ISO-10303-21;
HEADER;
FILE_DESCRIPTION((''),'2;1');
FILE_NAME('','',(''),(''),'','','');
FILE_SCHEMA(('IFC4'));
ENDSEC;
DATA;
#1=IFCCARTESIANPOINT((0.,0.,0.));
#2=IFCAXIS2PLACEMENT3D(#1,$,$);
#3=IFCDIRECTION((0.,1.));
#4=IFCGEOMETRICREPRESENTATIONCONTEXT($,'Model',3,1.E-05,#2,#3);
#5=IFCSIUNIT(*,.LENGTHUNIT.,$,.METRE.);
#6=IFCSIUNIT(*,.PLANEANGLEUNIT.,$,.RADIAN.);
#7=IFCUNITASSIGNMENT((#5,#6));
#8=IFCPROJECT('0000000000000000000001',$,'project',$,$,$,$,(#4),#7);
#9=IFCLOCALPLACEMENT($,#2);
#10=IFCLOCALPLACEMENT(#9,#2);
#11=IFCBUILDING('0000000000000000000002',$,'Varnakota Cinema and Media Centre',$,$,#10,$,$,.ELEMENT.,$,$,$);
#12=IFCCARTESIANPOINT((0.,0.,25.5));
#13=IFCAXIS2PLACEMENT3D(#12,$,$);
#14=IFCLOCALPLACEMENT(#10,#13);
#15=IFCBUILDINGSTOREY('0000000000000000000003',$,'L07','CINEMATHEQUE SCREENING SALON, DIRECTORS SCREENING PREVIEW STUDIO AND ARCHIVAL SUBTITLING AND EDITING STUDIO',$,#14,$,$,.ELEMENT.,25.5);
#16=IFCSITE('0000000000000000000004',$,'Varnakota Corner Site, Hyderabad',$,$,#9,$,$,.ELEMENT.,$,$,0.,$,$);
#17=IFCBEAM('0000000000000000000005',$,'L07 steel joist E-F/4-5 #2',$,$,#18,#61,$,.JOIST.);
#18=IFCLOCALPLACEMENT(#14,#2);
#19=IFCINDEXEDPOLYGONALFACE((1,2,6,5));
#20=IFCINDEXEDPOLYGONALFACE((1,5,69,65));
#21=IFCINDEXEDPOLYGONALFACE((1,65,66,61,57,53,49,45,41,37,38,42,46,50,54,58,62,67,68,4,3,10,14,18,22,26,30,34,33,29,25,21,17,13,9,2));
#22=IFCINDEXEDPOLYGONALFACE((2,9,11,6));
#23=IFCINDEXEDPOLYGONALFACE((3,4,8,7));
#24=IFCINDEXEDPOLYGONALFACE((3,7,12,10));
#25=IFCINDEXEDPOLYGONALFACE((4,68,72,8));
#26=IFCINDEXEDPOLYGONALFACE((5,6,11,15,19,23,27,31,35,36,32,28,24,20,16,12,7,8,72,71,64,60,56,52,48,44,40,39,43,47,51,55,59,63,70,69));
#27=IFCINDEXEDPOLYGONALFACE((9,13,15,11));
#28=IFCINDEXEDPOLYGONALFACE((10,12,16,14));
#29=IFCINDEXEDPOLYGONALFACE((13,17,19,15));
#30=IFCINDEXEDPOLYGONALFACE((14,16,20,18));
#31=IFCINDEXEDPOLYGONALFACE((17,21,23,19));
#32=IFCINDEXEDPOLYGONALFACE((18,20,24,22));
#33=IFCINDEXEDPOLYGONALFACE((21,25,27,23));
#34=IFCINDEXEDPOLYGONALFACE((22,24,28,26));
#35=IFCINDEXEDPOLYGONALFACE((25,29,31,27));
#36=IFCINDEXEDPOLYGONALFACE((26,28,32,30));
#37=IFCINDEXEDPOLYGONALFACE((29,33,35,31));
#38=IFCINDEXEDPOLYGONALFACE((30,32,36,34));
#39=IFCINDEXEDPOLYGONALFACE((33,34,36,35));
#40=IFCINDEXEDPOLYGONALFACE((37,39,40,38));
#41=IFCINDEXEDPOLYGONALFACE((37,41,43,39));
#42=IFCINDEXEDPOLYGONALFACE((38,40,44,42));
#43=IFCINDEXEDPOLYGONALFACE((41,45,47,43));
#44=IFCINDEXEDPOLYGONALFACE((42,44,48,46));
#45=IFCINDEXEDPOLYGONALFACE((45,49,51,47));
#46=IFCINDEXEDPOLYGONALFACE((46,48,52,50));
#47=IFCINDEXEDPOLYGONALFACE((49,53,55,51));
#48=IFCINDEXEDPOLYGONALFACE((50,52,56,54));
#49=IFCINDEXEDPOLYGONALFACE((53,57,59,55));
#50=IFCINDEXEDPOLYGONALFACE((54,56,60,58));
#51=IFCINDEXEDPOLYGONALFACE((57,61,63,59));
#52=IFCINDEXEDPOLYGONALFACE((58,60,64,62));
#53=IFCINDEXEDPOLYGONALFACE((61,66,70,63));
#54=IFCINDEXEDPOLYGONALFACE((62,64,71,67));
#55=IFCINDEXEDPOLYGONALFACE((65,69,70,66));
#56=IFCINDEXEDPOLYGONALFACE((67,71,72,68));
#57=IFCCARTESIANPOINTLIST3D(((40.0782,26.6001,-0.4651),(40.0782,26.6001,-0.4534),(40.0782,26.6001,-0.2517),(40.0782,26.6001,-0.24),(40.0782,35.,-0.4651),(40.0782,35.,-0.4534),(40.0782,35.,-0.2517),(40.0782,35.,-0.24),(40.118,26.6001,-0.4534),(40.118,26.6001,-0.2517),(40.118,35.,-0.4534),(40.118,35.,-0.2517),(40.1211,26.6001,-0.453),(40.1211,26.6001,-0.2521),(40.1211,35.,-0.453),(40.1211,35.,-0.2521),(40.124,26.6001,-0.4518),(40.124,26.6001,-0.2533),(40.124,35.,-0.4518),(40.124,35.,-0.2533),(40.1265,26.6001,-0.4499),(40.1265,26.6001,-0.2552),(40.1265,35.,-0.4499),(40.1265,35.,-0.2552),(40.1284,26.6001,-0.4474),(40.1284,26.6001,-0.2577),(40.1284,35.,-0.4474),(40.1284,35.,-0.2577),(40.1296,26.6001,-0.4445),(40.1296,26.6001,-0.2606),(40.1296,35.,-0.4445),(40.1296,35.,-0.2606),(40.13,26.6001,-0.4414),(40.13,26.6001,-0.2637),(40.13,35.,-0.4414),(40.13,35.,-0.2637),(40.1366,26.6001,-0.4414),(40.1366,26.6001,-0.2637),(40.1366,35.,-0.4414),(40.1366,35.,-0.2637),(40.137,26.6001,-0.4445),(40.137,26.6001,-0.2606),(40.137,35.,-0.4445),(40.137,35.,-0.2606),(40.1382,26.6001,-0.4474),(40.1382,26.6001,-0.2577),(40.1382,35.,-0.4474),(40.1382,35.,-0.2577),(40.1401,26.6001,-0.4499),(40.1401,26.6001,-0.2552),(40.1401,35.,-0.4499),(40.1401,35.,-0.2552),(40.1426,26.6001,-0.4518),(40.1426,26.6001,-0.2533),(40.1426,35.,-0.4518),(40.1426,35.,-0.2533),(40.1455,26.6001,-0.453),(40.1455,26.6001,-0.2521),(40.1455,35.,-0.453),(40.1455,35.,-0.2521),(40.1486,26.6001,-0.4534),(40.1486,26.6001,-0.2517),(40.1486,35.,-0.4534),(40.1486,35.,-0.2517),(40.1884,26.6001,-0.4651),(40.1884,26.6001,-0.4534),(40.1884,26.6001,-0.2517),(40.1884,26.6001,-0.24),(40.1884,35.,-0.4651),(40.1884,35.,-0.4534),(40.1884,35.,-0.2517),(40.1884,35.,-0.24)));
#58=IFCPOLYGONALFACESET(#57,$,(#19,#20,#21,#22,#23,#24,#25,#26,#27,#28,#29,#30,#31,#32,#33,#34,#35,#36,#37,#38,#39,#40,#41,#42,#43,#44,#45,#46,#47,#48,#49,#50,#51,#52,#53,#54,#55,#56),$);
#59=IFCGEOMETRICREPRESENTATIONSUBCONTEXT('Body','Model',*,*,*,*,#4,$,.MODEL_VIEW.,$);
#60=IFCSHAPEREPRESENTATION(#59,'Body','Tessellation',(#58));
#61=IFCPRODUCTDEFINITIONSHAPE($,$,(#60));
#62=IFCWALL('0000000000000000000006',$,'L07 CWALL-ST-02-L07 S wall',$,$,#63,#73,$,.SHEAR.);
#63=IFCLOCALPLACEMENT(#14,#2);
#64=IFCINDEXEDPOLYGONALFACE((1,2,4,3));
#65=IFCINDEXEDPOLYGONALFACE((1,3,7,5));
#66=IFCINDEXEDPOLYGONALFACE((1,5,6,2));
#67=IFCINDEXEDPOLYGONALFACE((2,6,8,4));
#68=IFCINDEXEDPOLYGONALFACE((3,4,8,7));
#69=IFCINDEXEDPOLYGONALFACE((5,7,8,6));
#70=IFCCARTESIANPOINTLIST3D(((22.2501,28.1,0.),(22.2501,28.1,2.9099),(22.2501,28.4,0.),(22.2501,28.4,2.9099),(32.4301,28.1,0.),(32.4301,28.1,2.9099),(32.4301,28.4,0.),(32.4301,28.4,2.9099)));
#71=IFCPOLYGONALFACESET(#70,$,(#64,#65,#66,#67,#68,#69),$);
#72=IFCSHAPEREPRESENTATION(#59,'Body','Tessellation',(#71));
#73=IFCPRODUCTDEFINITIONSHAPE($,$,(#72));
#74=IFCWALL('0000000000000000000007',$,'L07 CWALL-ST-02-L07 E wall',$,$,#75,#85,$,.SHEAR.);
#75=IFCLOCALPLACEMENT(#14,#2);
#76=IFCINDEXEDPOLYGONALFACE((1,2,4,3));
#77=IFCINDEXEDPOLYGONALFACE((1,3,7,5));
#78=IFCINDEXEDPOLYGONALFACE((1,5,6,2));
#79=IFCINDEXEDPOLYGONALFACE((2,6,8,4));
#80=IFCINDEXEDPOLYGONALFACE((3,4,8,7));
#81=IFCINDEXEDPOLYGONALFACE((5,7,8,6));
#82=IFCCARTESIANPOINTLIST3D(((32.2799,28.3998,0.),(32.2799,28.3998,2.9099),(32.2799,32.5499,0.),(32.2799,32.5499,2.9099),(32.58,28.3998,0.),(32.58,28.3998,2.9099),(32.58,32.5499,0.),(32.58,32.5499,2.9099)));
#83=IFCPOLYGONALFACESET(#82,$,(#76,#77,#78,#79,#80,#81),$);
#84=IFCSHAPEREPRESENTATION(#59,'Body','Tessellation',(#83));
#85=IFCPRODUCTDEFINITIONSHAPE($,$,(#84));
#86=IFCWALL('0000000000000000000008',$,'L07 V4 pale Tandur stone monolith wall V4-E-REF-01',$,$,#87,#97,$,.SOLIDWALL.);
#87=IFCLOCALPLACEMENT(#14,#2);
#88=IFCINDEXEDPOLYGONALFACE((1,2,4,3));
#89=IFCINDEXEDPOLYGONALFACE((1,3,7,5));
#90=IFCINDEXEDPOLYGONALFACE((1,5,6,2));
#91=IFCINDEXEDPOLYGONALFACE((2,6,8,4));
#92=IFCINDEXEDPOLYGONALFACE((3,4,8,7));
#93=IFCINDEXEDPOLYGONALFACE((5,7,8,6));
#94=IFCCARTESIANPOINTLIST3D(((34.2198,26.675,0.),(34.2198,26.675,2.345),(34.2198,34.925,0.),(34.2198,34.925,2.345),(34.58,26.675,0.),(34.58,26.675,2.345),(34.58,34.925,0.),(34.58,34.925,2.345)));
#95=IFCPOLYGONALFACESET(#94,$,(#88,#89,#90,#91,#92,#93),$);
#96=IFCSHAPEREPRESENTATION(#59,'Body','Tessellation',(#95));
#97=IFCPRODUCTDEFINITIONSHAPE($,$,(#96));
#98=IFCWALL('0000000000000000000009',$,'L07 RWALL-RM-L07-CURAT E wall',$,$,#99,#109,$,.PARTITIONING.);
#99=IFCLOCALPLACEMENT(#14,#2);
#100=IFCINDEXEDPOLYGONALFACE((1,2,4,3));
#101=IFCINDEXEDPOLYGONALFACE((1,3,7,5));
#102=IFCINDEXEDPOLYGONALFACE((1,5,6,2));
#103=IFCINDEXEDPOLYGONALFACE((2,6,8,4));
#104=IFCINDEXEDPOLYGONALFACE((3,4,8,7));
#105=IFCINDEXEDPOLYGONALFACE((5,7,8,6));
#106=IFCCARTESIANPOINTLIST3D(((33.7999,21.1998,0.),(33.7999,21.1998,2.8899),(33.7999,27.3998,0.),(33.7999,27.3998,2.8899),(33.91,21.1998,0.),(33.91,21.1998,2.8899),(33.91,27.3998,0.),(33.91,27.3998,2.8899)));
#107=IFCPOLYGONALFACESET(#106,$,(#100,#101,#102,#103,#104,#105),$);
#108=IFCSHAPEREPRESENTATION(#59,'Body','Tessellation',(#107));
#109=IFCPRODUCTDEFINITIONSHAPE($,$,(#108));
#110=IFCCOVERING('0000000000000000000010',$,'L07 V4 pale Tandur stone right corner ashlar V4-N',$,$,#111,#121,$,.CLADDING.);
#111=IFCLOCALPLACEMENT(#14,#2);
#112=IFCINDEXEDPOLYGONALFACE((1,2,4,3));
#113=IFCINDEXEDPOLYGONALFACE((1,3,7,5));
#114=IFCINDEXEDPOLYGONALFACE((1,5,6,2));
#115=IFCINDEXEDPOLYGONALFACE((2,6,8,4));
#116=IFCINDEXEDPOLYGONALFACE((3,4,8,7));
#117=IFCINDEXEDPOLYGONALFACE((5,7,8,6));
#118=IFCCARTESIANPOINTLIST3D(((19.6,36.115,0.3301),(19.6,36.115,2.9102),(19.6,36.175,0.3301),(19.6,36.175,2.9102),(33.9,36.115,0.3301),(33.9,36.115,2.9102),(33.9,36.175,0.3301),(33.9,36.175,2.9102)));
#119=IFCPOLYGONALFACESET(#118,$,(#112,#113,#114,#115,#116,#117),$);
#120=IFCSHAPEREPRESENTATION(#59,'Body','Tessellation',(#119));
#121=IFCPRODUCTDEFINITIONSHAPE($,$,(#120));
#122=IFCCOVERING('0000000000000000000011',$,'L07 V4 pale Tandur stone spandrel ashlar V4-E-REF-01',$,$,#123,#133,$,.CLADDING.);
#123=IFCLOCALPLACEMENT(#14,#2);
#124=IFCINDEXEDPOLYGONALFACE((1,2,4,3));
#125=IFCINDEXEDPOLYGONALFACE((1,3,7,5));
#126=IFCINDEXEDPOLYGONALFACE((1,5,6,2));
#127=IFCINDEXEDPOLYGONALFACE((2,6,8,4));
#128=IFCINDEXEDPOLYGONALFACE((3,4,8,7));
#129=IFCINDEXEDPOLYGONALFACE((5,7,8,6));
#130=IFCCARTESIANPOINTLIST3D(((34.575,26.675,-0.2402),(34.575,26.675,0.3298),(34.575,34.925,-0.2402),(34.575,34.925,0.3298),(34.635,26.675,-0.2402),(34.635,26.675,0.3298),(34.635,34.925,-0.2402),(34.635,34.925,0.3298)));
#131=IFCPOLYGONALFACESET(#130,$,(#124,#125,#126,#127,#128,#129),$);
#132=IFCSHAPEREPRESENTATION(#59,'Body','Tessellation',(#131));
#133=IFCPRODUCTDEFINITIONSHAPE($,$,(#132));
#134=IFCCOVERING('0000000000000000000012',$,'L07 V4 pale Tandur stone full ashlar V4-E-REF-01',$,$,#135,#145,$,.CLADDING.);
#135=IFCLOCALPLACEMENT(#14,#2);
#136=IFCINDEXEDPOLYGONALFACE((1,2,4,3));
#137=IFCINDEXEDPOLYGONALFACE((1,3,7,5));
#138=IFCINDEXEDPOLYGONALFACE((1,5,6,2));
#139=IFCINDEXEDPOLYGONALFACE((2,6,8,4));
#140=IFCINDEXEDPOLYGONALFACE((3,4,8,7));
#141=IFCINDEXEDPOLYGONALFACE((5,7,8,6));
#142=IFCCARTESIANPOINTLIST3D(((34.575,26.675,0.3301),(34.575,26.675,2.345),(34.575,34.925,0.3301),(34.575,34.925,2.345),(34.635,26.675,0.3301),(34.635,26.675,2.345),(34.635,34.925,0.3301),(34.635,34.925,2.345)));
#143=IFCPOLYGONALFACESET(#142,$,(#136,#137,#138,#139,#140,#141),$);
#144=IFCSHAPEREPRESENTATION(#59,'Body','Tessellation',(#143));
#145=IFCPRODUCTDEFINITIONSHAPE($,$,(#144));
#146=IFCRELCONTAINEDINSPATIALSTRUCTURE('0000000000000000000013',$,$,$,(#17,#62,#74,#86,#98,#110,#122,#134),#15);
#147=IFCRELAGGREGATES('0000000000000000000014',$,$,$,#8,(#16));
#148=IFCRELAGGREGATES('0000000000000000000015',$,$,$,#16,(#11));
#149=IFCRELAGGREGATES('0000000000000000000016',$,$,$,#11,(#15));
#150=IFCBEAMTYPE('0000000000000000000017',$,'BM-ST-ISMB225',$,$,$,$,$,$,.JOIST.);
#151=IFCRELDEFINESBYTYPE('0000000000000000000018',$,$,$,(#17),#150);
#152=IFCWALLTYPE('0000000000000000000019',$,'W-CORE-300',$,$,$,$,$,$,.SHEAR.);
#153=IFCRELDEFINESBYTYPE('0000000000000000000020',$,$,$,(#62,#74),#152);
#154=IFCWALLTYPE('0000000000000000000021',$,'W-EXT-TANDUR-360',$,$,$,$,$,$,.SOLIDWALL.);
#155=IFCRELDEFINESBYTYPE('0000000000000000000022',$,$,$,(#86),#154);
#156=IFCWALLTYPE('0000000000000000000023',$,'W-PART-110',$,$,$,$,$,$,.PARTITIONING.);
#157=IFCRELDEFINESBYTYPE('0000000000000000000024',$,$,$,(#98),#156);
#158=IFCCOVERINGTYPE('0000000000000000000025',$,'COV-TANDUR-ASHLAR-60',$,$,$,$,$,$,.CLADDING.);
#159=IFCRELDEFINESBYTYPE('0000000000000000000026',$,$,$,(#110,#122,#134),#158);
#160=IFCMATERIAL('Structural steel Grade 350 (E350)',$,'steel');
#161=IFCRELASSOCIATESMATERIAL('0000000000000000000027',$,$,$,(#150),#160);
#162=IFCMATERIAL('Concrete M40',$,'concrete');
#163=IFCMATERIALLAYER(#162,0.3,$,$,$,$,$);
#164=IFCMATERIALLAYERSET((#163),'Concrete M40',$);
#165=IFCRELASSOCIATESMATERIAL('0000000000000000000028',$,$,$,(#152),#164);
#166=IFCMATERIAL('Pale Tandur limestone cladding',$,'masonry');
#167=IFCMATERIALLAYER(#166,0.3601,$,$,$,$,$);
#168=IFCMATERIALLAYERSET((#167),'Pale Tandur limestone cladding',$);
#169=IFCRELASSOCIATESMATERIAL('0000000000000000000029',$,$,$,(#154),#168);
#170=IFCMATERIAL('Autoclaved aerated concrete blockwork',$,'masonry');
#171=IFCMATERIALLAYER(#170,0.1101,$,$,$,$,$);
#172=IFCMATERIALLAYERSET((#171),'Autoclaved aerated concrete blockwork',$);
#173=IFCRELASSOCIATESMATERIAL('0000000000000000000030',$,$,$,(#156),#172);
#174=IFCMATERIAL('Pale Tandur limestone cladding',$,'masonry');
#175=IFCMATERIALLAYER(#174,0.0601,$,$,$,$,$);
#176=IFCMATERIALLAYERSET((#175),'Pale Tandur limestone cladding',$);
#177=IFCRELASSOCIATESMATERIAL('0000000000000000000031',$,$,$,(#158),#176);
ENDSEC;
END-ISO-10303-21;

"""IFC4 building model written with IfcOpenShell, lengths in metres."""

from ifc_helpers import new_model, si_unit, direction, frame, frame_2d, origin, origin_2d, place, context, subcontext, project, spatial, rectangle, i_section, extrude, material, layer, layer_set, material_profile, profile_set, type_object, element, save


model = new_model("IFC4")

# Units and contexts
model_context = context("Model", 3, precision=1e-05, world=origin(), true_north=direction((0.0, 1.0)))
body_context = subcontext(model_context, "Body", "Model", "MODEL_VIEW")
ifc_project = project(units=[si_unit("LENGTHUNIT", "METRE"), si_unit("PLANEANGLEUNIT", "RADIAN")], contexts=[model_context])

# Site, building, storey
site_placement = place(None, origin())
site = spatial("IfcSite", under=ifc_project, at=site_placement, Name="Varnakota Corner Site, Hyderabad", CompositionType="ELEMENT", RefElevation=0.0)
building_placement = place(site_placement, origin())
building = spatial("IfcBuilding", under=site, at=building_placement, Name="Varnakota Cinema and Media Centre", CompositionType="ELEMENT")
storey_placement = place(building_placement, frame((0.0, 0.0, 25.5)))
storey = spatial("IfcBuildingStorey", under=building, at=storey_placement, Name="L07", Description="CINEMATHEQUE SCREENING SALON, DIRECTORS SCREENING PREVIEW STUDIO AND ARCHIVAL SUBTITLING AND EDITING STUDIO", CompositionType="ELEMENT", Elevation=25.5)

# Beam
ifc_material_1 = material(Name="Structural steel Grade 350 (E350)", Category="steel")
ifc_material_profile_1 = material_profile(ifc_material_1, i_section(OverallWidth=0.1101, OverallDepth=0.2251, WebThickness=0.0066, FlangeThickness=0.0117, FilletRadius=0.012, at=origin_2d()), Name="ISMB 225")
ifc_profile_set_1 = profile_set([ifc_material_profile_1], Name="Structural steel Grade 350 (E350)")
beam_type_1 = type_object("IfcBeamType", Name="BM-ST-ISMB225", PredefinedType="JOIST", material=ifc_profile_set_1)
for number, where, z_axis, x_axis, name in (
    (1, (40.1333, 26.6001, -0.3525), (0.0, 1.0, 0.0), (-1.0, 0.0, 0.0), "L07 steel joist E-F/4-5 #2"),
):
    element("IfcBeam", number, at=place(storey_placement, frame(where, z_axis=z_axis, x_axis=x_axis)), inside=storey, type_object=beam_type_1, Name=name, PredefinedType="JOIST", context=body_context, shape_type="SweptSolid", body=[
        extrude(i_section(OverallWidth=0.1101, OverallDepth=0.2251, WebThickness=0.0066, FlangeThickness=0.0117, FilletRadius=0.012, at=origin_2d()), origin(), (0.0, 0.0, 1.0), 8.3999),
    ])

# Walls
ifc_material_2 = material(Name="Concrete M40", Category="concrete")
ifc_layer_1 = layer(ifc_material_2, 0.3)
ifc_layer_set_1 = layer_set([ifc_layer_1], Name="Concrete M40")
wall_type_1 = type_object("IfcWallType", Name="W-CORE-300", PredefinedType="SHEAR", material=ifc_layer_set_1)
wall_1_placement = place(storey_placement, frame((32.4299, 28.25, 0.0), z_axis=(0.0, 0.0, 1.0), x_axis=(-1.0, 0.0, 0.0)))
element("IfcWall", 2, at=wall_1_placement, inside=storey, type_object=wall_type_1, Name="L07 CWALL-ST-02-L07 S wall", PredefinedType="SHEAR", context=body_context, shape_type="SweptSolid", body=[
    extrude(rectangle(XDim=10.1799, YDim=0.3, at=frame_2d((5.0898, 0.0))), origin(), (0.0, 0.0, 1.0), 2.9099),
])
wall_2_placement = place(storey_placement, frame((32.4299, 32.55, 0.0), z_axis=(0.0, 0.0, 1.0), x_axis=(0.0, -1.0, 0.0)))
element("IfcWall", 3, at=wall_2_placement, inside=storey, type_object=wall_type_1, Name="L07 CWALL-ST-02-L07 E wall", PredefinedType="SHEAR", context=body_context, shape_type="SweptSolid", body=[
    extrude(rectangle(XDim=4.1501, YDim=0.3, at=frame_2d((2.0752, 0.0))), origin(), (0.0, 0.0, 1.0), 2.9099),
])
ifc_material_3 = material(Name="Pale Tandur limestone cladding", Category="masonry")
ifc_layer_2 = layer(ifc_material_3, 0.3601)
ifc_layer_set_2 = layer_set([ifc_layer_2], Name="Pale Tandur limestone cladding")
wall_type_2 = type_object("IfcWallType", Name="W-EXT-TANDUR-360", PredefinedType="SOLIDWALL", material=ifc_layer_set_2)
wall_3_placement = place(storey_placement, frame((34.3999, 34.925, 0.0), z_axis=(0.0, 0.0, 1.0), x_axis=(0.0, -1.0, 0.0)))
element("IfcWall", 4, at=wall_3_placement, inside=storey, type_object=wall_type_2, Name="L07 V4 pale Tandur stone monolith wall V4-E-REF-01", PredefinedType="SOLIDWALL", context=body_context, shape_type="SweptSolid", body=[
    extrude(rectangle(XDim=8.25, YDim=0.3601, at=frame_2d((4.125, 0.0))), origin(), (0.0, 0.0, 1.0), 2.345),
])

# Shared definitions
ifc_material_4 = material(Name="Autoclaved aerated concrete blockwork", Category="masonry")
ifc_layer_3 = layer(ifc_material_4, 0.1101)
ifc_layer_set_3 = layer_set([ifc_layer_3], Name="Autoclaved aerated concrete blockwork")
wall_type_3 = type_object("IfcWallType", Name="W-PART-110", PredefinedType="PARTITIONING", material=ifc_layer_set_3)

# Wall
wall_4_placement = place(storey_placement, frame((33.855, 27.3999, 0.0), z_axis=(0.0, 0.0, 1.0), x_axis=(0.0, -1.0, 0.0)))
element("IfcWall", 5, at=wall_4_placement, inside=storey, type_object=wall_type_3, Name="L07 RWALL-RM-L07-CURAT E wall", PredefinedType="PARTITIONING", context=body_context, shape_type="SweptSolid", body=[
    extrude(rectangle(XDim=6.2, YDim=0.1101, at=frame_2d((3.1001, 0.0))), origin(), (0.0, 0.0, 1.0), 2.8899),
])

# Coverings
ifc_material_5 = material(Name="Pale Tandur limestone cladding", Category="masonry")
ifc_layer_4 = layer(ifc_material_5, 0.0601)
ifc_layer_set_4 = layer_set([ifc_layer_4], Name="Pale Tandur limestone cladding")
covering_type = type_object("IfcCoveringType", Name="COV-TANDUR-ASHLAR-60", PredefinedType="CLADDING", material=ifc_layer_set_4)
covering_1_placement = place(storey_placement, frame((26.75, 36.145, 0.3301), z_axis=(0.0, 0.0, 1.0), x_axis=(1.0, 0.0, 0.0)))
element("IfcCovering", 6, at=covering_1_placement, inside=storey, type_object=covering_type, Name="L07 V4 pale Tandur stone right corner ashlar V4-N", PredefinedType="CLADDING", context=body_context, shape_type="SweptSolid", body=[
    extrude(rectangle(XDim=14.3, YDim=0.0601, at=origin_2d()), origin(), (0.0, 0.0, 1.0), 2.5801),
])
covering_2_placement = place(storey_placement, frame((34.605, 30.8, -0.2402), z_axis=(0.0, 0.0, 1.0), x_axis=(0.0, -1.0, 0.0)))
element("IfcCovering", 7, at=covering_2_placement, inside=storey, type_object=covering_type, Name="L07 V4 pale Tandur stone spandrel ashlar V4-E-REF-01", PredefinedType="CLADDING", context=body_context, shape_type="SweptSolid", body=[
    extrude(rectangle(XDim=8.25, YDim=0.0601, at=origin_2d()), origin(), (0.0, 0.0, 1.0), 0.5701),
])
covering_3_placement = place(storey_placement, frame((34.605, 30.8, 0.3301), z_axis=(0.0, 0.0, 1.0), x_axis=(0.0, -1.0, 0.0)))
element("IfcCovering", 8, at=covering_3_placement, inside=storey, type_object=covering_type, Name="L07 V4 pale Tandur stone full ashlar V4-E-REF-01", PredefinedType="CLADDING", context=body_context, shape_type="SweptSolid", body=[
    extrude(rectangle(XDim=8.25, YDim=0.0601, at=origin_2d()), origin(), (0.0, 0.0, 1.0), 2.0149),
])

save(model, "model.ifc")
